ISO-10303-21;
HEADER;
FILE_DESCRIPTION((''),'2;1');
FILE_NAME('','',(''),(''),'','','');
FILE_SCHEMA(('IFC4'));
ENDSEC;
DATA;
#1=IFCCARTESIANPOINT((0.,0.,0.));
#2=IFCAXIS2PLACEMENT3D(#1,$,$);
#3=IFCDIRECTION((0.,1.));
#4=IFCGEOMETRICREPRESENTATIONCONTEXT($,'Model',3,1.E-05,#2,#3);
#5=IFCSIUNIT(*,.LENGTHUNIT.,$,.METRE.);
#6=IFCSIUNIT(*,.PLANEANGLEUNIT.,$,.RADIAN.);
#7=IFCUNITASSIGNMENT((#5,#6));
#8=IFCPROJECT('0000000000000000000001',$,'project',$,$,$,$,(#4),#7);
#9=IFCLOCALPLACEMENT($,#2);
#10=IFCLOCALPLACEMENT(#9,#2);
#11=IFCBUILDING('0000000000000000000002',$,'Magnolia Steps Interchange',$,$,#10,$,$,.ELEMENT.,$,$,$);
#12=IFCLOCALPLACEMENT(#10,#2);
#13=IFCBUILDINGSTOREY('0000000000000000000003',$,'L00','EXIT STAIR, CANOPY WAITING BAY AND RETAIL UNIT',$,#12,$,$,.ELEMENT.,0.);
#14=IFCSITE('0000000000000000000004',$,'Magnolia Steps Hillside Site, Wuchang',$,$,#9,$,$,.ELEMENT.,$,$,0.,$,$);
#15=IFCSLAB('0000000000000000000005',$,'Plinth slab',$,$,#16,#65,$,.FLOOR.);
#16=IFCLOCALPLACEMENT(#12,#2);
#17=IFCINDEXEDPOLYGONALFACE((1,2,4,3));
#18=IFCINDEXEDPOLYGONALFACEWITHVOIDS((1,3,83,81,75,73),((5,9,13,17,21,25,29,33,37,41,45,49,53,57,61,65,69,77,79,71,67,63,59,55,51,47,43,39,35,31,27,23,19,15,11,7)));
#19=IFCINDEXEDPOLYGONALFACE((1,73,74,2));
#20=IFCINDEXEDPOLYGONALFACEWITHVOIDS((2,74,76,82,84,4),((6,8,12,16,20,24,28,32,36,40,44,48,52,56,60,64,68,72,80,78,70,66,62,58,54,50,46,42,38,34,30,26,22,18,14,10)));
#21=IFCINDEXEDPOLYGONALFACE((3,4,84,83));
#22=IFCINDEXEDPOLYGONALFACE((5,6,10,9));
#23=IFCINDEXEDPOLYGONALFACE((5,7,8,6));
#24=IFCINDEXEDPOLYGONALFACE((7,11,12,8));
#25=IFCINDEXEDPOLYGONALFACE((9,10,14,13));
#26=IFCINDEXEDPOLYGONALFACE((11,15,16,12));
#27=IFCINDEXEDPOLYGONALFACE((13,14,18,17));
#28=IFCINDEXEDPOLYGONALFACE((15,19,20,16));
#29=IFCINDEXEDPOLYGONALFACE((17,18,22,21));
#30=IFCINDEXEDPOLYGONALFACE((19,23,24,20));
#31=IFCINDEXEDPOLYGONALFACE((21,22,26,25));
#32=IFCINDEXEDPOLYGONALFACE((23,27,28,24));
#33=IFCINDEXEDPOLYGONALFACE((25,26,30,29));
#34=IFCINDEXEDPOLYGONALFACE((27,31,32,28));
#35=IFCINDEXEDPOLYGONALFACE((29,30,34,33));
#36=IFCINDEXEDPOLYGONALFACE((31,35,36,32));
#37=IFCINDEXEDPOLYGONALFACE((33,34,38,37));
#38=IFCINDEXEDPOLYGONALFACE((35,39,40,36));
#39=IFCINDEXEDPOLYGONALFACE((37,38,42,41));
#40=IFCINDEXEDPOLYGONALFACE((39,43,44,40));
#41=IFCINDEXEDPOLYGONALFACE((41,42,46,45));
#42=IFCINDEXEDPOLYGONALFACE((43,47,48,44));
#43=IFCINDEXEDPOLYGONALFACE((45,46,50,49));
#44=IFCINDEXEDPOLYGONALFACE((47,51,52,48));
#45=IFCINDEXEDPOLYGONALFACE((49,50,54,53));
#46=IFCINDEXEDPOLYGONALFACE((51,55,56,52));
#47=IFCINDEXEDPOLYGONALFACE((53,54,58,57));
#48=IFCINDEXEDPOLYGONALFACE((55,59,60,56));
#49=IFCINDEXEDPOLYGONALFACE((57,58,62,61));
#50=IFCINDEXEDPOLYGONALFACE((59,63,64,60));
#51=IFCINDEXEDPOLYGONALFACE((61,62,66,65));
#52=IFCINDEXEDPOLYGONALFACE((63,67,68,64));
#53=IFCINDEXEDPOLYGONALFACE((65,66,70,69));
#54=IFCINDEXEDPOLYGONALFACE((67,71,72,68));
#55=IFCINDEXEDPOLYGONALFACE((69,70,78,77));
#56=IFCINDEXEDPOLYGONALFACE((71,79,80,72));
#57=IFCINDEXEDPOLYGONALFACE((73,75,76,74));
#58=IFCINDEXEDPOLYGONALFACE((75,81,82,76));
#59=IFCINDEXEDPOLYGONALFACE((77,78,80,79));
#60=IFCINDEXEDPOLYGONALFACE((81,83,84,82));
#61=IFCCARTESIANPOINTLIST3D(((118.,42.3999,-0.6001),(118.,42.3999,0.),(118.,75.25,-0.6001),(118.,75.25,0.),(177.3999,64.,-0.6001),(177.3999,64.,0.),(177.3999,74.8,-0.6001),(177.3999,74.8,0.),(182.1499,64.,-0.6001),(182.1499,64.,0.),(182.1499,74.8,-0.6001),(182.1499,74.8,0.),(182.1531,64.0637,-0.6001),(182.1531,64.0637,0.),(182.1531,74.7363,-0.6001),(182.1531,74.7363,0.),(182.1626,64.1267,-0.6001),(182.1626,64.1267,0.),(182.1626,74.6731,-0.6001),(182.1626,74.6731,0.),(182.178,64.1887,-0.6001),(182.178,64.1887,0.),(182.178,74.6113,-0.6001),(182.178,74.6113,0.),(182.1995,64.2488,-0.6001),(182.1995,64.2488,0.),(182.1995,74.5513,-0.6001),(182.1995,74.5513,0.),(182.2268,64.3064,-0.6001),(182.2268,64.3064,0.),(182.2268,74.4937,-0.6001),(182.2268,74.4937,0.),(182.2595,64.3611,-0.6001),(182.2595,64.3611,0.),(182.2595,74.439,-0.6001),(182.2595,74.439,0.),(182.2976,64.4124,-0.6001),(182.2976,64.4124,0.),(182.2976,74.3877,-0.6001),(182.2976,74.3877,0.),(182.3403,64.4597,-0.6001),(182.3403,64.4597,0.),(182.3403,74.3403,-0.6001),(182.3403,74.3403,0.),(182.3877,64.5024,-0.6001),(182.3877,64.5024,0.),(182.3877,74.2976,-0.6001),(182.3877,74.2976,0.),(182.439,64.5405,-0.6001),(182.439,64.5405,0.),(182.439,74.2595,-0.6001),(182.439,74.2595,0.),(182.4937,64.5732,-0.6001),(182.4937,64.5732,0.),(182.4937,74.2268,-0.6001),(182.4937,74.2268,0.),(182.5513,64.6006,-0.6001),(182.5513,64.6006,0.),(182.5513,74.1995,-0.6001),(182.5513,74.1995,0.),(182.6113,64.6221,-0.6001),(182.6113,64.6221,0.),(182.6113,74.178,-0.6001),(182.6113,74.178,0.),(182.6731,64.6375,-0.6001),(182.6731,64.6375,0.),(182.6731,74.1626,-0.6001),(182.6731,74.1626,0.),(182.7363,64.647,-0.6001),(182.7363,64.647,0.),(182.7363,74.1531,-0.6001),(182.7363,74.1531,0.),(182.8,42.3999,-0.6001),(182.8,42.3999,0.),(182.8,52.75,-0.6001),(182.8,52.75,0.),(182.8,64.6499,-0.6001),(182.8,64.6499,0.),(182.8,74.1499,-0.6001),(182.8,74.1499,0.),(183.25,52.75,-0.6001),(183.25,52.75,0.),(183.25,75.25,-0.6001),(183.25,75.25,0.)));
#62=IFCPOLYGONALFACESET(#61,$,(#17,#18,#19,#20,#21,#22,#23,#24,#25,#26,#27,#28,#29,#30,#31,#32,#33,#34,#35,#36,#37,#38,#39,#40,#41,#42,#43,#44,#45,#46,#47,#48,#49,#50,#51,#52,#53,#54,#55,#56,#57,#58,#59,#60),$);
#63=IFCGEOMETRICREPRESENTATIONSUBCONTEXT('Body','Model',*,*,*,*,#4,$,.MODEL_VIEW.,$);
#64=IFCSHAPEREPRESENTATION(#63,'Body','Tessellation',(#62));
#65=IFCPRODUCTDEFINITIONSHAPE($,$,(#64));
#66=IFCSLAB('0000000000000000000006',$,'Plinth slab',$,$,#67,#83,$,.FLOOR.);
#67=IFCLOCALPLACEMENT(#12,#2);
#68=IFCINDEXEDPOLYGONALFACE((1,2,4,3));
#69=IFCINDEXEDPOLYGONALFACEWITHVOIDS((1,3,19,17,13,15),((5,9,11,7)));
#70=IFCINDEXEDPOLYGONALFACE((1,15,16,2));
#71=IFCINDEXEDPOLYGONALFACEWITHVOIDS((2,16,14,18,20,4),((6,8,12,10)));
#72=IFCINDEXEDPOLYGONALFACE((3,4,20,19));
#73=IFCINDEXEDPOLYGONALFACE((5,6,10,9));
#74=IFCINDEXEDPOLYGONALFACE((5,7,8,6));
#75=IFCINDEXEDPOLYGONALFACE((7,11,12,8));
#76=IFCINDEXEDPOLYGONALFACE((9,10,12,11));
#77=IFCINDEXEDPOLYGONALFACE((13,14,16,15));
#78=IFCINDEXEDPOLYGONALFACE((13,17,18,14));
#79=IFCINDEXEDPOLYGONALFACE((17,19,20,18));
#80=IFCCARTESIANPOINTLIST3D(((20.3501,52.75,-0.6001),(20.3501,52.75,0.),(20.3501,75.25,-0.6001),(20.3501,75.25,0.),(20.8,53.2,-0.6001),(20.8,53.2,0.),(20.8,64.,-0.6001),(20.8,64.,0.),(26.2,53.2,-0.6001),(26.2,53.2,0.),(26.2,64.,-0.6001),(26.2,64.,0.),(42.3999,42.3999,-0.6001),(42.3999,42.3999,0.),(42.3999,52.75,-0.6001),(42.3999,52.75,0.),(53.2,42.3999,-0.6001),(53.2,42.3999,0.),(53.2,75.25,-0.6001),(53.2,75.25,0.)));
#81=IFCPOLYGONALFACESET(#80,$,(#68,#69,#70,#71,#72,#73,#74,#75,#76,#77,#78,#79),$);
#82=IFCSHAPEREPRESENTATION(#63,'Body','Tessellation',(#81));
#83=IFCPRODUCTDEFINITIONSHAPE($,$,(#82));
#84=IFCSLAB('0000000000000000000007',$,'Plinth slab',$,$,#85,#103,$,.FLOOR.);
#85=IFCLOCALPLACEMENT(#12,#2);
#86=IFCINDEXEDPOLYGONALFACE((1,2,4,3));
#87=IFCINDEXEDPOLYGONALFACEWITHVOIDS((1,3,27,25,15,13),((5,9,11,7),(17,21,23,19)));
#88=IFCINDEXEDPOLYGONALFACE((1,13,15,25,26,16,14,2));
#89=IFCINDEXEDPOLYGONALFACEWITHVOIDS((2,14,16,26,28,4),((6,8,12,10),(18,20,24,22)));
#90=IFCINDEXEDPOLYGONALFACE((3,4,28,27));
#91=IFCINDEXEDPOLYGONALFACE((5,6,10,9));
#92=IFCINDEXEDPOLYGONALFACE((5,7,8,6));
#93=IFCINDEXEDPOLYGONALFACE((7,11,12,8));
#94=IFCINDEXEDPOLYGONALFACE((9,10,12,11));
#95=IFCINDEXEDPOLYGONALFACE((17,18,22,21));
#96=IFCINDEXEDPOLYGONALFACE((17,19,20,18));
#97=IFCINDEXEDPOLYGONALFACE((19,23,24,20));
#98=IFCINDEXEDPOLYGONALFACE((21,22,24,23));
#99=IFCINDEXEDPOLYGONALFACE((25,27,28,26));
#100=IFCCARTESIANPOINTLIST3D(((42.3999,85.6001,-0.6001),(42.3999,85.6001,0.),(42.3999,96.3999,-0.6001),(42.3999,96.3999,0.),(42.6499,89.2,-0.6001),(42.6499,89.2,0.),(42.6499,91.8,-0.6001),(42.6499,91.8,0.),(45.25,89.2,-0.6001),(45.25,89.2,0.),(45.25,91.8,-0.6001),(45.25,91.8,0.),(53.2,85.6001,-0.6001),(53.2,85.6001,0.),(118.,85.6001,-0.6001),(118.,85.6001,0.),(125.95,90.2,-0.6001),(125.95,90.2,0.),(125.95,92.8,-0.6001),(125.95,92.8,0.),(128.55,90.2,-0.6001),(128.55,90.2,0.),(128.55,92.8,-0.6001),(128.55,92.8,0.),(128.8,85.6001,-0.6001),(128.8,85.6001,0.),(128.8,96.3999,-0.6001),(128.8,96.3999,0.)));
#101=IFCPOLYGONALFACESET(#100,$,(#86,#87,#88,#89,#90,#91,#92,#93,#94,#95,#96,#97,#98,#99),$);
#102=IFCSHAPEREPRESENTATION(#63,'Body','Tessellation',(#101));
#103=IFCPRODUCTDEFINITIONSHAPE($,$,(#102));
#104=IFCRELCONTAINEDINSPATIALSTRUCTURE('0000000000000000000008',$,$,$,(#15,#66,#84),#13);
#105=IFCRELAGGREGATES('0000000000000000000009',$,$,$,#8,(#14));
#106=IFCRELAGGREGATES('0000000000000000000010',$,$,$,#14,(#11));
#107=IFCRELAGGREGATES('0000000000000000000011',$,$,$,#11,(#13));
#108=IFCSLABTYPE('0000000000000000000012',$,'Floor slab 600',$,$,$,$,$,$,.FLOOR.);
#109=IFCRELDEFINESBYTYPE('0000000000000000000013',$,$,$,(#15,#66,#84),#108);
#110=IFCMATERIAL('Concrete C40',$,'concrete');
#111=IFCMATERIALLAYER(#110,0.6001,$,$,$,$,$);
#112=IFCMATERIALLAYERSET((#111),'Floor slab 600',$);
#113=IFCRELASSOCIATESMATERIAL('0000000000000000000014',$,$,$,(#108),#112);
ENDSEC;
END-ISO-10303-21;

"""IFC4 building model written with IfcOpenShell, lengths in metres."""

from ifc_helpers import new_model, si_unit, direction, frame, origin, place, context, subcontext, project, spatial, polyline, outline, extrude, material, layer, layer_set, type_object, element, save


model = new_model("IFC4")

# Units and contexts
model_context = context("Model", 3, precision=1e-05, world=origin(), true_north=direction((0.0, 1.0)))
body_context = subcontext(model_context, "Body", "Model", "MODEL_VIEW")
ifc_project = project(units=[si_unit("LENGTHUNIT", "METRE"), si_unit("PLANEANGLEUNIT", "RADIAN")], contexts=[model_context])

# Site, building, storey
site_placement = place(None, origin())
site = spatial("IfcSite", under=ifc_project, at=site_placement, Name="Magnolia Steps Hillside Site, Wuchang", CompositionType="ELEMENT", RefElevation=0.0)
building_placement = place(site_placement, origin())
building = spatial("IfcBuilding", under=site, at=building_placement, Name="Magnolia Steps Interchange", CompositionType="ELEMENT")
storey_placement = place(building_placement, origin())
storey = spatial("IfcBuildingStorey", under=building, at=storey_placement, Name="L00", Description="EXIT STAIR, CANOPY WAITING BAY AND RETAIL UNIT", CompositionType="ELEMENT", Elevation=0.0)

# Slabs
ifc_material_1 = material(Name="Concrete C40", Category="concrete")
ifc_layer_1 = layer(ifc_material_1, 0.6001)
ifc_layer_set_1 = layer_set([ifc_layer_1], Name="Floor slab 600")
slab_type_1 = type_object("IfcSlabType", Name="Floor slab 600", PredefinedType="FLOOR", material=ifc_layer_set_1)
slab_1_placement = place(storey_placement, frame((0.0, 0.0, -0.6001)))
element("IfcSlab", 1, at=slab_1_placement, inside=storey, type_object=slab_type_1, Name="Plinth slab", PredefinedType="FLOOR", context=body_context, shape_type="SweptSolid", body=[
    extrude(outline(polyline([(118.0, 42.3999), (182.8, 42.3999), (182.8, 52.75), (183.25, 52.75), (183.25, 75.25), (118.0, 75.25), (118.0, 42.3999)]), holes=[polyline([(177.3999, 74.8), (177.3999, 64.0), (182.1499, 64.0), (182.1531, 64.0637), (182.1626, 64.1267), (182.178, 64.1887), (182.1995, 64.2488), (182.2268, 64.3064), (182.2595, 64.3611), (182.2976, 64.4124), (182.3403, 64.4597), (182.3877, 64.5024), (182.439, 64.5405), (182.4937, 64.5732), (182.5513, 64.6006), (182.6113, 64.6221), (182.6731, 64.6375), (182.7363, 64.647), (182.8, 64.6499), (182.8, 74.1499), (182.7363, 74.1531), (182.6731, 74.1626), (182.6113, 74.178), (182.5513, 74.1995), (182.4937, 74.2268), (182.439, 74.2595), (182.3877, 74.2976), (182.3403, 74.3403), (182.2976, 74.3877), (182.2595, 74.439), (182.2268, 74.4937), (182.1995, 74.5513), (182.178, 74.6113), (182.1626, 74.6731), (182.1531, 74.7363), (182.1499, 74.8), (177.3999, 74.8)])]), origin(), (0.0, 0.0, 1.0), 0.6001),
])
slab_2_placement = place(storey_placement, frame((0.0, 0.0, -0.6001)))
element("IfcSlab", 2, at=slab_2_placement, inside=storey, type_object=slab_type_1, Name="Plinth slab", PredefinedType="FLOOR", context=body_context, shape_type="SweptSolid", body=[
    extrude(outline(polyline([(42.3999, 42.3999), (53.2, 42.3999), (53.2, 75.25), (20.3501, 75.25), (20.3501, 52.75), (42.3999, 52.75), (42.3999, 42.3999)]), holes=[polyline([(20.8, 64.0), (20.8, 53.2), (26.2, 53.2), (26.2, 64.0), (20.8, 64.0)])]), origin(), (0.0, 0.0, 1.0), 0.6001),
])
slab_3_placement = place(storey_placement, frame((0.0, 0.0, -0.6001)))
element("IfcSlab", 3, at=slab_3_placement, inside=storey, type_object=slab_type_1, Name="Plinth slab", PredefinedType="FLOOR", context=body_context, shape_type="SweptSolid", body=[
    extrude(outline(polyline([(128.8, 96.3999), (42.3999, 96.3999), (42.3999, 85.6001), (53.2, 85.6001), (118.0, 85.6001), (128.8, 85.6001), (128.8, 96.3999)]), holes=[polyline([(42.6499, 91.8), (42.6499, 89.2), (45.25, 89.2), (45.25, 91.8), (42.6499, 91.8)]), polyline([(128.55, 90.2), (128.55, 92.8), (125.95, 92.8), (125.95, 90.2), (128.55, 90.2)])]), origin(), (0.0, 0.0, 1.0), 0.6001),
])

save(model, "model.ifc")
